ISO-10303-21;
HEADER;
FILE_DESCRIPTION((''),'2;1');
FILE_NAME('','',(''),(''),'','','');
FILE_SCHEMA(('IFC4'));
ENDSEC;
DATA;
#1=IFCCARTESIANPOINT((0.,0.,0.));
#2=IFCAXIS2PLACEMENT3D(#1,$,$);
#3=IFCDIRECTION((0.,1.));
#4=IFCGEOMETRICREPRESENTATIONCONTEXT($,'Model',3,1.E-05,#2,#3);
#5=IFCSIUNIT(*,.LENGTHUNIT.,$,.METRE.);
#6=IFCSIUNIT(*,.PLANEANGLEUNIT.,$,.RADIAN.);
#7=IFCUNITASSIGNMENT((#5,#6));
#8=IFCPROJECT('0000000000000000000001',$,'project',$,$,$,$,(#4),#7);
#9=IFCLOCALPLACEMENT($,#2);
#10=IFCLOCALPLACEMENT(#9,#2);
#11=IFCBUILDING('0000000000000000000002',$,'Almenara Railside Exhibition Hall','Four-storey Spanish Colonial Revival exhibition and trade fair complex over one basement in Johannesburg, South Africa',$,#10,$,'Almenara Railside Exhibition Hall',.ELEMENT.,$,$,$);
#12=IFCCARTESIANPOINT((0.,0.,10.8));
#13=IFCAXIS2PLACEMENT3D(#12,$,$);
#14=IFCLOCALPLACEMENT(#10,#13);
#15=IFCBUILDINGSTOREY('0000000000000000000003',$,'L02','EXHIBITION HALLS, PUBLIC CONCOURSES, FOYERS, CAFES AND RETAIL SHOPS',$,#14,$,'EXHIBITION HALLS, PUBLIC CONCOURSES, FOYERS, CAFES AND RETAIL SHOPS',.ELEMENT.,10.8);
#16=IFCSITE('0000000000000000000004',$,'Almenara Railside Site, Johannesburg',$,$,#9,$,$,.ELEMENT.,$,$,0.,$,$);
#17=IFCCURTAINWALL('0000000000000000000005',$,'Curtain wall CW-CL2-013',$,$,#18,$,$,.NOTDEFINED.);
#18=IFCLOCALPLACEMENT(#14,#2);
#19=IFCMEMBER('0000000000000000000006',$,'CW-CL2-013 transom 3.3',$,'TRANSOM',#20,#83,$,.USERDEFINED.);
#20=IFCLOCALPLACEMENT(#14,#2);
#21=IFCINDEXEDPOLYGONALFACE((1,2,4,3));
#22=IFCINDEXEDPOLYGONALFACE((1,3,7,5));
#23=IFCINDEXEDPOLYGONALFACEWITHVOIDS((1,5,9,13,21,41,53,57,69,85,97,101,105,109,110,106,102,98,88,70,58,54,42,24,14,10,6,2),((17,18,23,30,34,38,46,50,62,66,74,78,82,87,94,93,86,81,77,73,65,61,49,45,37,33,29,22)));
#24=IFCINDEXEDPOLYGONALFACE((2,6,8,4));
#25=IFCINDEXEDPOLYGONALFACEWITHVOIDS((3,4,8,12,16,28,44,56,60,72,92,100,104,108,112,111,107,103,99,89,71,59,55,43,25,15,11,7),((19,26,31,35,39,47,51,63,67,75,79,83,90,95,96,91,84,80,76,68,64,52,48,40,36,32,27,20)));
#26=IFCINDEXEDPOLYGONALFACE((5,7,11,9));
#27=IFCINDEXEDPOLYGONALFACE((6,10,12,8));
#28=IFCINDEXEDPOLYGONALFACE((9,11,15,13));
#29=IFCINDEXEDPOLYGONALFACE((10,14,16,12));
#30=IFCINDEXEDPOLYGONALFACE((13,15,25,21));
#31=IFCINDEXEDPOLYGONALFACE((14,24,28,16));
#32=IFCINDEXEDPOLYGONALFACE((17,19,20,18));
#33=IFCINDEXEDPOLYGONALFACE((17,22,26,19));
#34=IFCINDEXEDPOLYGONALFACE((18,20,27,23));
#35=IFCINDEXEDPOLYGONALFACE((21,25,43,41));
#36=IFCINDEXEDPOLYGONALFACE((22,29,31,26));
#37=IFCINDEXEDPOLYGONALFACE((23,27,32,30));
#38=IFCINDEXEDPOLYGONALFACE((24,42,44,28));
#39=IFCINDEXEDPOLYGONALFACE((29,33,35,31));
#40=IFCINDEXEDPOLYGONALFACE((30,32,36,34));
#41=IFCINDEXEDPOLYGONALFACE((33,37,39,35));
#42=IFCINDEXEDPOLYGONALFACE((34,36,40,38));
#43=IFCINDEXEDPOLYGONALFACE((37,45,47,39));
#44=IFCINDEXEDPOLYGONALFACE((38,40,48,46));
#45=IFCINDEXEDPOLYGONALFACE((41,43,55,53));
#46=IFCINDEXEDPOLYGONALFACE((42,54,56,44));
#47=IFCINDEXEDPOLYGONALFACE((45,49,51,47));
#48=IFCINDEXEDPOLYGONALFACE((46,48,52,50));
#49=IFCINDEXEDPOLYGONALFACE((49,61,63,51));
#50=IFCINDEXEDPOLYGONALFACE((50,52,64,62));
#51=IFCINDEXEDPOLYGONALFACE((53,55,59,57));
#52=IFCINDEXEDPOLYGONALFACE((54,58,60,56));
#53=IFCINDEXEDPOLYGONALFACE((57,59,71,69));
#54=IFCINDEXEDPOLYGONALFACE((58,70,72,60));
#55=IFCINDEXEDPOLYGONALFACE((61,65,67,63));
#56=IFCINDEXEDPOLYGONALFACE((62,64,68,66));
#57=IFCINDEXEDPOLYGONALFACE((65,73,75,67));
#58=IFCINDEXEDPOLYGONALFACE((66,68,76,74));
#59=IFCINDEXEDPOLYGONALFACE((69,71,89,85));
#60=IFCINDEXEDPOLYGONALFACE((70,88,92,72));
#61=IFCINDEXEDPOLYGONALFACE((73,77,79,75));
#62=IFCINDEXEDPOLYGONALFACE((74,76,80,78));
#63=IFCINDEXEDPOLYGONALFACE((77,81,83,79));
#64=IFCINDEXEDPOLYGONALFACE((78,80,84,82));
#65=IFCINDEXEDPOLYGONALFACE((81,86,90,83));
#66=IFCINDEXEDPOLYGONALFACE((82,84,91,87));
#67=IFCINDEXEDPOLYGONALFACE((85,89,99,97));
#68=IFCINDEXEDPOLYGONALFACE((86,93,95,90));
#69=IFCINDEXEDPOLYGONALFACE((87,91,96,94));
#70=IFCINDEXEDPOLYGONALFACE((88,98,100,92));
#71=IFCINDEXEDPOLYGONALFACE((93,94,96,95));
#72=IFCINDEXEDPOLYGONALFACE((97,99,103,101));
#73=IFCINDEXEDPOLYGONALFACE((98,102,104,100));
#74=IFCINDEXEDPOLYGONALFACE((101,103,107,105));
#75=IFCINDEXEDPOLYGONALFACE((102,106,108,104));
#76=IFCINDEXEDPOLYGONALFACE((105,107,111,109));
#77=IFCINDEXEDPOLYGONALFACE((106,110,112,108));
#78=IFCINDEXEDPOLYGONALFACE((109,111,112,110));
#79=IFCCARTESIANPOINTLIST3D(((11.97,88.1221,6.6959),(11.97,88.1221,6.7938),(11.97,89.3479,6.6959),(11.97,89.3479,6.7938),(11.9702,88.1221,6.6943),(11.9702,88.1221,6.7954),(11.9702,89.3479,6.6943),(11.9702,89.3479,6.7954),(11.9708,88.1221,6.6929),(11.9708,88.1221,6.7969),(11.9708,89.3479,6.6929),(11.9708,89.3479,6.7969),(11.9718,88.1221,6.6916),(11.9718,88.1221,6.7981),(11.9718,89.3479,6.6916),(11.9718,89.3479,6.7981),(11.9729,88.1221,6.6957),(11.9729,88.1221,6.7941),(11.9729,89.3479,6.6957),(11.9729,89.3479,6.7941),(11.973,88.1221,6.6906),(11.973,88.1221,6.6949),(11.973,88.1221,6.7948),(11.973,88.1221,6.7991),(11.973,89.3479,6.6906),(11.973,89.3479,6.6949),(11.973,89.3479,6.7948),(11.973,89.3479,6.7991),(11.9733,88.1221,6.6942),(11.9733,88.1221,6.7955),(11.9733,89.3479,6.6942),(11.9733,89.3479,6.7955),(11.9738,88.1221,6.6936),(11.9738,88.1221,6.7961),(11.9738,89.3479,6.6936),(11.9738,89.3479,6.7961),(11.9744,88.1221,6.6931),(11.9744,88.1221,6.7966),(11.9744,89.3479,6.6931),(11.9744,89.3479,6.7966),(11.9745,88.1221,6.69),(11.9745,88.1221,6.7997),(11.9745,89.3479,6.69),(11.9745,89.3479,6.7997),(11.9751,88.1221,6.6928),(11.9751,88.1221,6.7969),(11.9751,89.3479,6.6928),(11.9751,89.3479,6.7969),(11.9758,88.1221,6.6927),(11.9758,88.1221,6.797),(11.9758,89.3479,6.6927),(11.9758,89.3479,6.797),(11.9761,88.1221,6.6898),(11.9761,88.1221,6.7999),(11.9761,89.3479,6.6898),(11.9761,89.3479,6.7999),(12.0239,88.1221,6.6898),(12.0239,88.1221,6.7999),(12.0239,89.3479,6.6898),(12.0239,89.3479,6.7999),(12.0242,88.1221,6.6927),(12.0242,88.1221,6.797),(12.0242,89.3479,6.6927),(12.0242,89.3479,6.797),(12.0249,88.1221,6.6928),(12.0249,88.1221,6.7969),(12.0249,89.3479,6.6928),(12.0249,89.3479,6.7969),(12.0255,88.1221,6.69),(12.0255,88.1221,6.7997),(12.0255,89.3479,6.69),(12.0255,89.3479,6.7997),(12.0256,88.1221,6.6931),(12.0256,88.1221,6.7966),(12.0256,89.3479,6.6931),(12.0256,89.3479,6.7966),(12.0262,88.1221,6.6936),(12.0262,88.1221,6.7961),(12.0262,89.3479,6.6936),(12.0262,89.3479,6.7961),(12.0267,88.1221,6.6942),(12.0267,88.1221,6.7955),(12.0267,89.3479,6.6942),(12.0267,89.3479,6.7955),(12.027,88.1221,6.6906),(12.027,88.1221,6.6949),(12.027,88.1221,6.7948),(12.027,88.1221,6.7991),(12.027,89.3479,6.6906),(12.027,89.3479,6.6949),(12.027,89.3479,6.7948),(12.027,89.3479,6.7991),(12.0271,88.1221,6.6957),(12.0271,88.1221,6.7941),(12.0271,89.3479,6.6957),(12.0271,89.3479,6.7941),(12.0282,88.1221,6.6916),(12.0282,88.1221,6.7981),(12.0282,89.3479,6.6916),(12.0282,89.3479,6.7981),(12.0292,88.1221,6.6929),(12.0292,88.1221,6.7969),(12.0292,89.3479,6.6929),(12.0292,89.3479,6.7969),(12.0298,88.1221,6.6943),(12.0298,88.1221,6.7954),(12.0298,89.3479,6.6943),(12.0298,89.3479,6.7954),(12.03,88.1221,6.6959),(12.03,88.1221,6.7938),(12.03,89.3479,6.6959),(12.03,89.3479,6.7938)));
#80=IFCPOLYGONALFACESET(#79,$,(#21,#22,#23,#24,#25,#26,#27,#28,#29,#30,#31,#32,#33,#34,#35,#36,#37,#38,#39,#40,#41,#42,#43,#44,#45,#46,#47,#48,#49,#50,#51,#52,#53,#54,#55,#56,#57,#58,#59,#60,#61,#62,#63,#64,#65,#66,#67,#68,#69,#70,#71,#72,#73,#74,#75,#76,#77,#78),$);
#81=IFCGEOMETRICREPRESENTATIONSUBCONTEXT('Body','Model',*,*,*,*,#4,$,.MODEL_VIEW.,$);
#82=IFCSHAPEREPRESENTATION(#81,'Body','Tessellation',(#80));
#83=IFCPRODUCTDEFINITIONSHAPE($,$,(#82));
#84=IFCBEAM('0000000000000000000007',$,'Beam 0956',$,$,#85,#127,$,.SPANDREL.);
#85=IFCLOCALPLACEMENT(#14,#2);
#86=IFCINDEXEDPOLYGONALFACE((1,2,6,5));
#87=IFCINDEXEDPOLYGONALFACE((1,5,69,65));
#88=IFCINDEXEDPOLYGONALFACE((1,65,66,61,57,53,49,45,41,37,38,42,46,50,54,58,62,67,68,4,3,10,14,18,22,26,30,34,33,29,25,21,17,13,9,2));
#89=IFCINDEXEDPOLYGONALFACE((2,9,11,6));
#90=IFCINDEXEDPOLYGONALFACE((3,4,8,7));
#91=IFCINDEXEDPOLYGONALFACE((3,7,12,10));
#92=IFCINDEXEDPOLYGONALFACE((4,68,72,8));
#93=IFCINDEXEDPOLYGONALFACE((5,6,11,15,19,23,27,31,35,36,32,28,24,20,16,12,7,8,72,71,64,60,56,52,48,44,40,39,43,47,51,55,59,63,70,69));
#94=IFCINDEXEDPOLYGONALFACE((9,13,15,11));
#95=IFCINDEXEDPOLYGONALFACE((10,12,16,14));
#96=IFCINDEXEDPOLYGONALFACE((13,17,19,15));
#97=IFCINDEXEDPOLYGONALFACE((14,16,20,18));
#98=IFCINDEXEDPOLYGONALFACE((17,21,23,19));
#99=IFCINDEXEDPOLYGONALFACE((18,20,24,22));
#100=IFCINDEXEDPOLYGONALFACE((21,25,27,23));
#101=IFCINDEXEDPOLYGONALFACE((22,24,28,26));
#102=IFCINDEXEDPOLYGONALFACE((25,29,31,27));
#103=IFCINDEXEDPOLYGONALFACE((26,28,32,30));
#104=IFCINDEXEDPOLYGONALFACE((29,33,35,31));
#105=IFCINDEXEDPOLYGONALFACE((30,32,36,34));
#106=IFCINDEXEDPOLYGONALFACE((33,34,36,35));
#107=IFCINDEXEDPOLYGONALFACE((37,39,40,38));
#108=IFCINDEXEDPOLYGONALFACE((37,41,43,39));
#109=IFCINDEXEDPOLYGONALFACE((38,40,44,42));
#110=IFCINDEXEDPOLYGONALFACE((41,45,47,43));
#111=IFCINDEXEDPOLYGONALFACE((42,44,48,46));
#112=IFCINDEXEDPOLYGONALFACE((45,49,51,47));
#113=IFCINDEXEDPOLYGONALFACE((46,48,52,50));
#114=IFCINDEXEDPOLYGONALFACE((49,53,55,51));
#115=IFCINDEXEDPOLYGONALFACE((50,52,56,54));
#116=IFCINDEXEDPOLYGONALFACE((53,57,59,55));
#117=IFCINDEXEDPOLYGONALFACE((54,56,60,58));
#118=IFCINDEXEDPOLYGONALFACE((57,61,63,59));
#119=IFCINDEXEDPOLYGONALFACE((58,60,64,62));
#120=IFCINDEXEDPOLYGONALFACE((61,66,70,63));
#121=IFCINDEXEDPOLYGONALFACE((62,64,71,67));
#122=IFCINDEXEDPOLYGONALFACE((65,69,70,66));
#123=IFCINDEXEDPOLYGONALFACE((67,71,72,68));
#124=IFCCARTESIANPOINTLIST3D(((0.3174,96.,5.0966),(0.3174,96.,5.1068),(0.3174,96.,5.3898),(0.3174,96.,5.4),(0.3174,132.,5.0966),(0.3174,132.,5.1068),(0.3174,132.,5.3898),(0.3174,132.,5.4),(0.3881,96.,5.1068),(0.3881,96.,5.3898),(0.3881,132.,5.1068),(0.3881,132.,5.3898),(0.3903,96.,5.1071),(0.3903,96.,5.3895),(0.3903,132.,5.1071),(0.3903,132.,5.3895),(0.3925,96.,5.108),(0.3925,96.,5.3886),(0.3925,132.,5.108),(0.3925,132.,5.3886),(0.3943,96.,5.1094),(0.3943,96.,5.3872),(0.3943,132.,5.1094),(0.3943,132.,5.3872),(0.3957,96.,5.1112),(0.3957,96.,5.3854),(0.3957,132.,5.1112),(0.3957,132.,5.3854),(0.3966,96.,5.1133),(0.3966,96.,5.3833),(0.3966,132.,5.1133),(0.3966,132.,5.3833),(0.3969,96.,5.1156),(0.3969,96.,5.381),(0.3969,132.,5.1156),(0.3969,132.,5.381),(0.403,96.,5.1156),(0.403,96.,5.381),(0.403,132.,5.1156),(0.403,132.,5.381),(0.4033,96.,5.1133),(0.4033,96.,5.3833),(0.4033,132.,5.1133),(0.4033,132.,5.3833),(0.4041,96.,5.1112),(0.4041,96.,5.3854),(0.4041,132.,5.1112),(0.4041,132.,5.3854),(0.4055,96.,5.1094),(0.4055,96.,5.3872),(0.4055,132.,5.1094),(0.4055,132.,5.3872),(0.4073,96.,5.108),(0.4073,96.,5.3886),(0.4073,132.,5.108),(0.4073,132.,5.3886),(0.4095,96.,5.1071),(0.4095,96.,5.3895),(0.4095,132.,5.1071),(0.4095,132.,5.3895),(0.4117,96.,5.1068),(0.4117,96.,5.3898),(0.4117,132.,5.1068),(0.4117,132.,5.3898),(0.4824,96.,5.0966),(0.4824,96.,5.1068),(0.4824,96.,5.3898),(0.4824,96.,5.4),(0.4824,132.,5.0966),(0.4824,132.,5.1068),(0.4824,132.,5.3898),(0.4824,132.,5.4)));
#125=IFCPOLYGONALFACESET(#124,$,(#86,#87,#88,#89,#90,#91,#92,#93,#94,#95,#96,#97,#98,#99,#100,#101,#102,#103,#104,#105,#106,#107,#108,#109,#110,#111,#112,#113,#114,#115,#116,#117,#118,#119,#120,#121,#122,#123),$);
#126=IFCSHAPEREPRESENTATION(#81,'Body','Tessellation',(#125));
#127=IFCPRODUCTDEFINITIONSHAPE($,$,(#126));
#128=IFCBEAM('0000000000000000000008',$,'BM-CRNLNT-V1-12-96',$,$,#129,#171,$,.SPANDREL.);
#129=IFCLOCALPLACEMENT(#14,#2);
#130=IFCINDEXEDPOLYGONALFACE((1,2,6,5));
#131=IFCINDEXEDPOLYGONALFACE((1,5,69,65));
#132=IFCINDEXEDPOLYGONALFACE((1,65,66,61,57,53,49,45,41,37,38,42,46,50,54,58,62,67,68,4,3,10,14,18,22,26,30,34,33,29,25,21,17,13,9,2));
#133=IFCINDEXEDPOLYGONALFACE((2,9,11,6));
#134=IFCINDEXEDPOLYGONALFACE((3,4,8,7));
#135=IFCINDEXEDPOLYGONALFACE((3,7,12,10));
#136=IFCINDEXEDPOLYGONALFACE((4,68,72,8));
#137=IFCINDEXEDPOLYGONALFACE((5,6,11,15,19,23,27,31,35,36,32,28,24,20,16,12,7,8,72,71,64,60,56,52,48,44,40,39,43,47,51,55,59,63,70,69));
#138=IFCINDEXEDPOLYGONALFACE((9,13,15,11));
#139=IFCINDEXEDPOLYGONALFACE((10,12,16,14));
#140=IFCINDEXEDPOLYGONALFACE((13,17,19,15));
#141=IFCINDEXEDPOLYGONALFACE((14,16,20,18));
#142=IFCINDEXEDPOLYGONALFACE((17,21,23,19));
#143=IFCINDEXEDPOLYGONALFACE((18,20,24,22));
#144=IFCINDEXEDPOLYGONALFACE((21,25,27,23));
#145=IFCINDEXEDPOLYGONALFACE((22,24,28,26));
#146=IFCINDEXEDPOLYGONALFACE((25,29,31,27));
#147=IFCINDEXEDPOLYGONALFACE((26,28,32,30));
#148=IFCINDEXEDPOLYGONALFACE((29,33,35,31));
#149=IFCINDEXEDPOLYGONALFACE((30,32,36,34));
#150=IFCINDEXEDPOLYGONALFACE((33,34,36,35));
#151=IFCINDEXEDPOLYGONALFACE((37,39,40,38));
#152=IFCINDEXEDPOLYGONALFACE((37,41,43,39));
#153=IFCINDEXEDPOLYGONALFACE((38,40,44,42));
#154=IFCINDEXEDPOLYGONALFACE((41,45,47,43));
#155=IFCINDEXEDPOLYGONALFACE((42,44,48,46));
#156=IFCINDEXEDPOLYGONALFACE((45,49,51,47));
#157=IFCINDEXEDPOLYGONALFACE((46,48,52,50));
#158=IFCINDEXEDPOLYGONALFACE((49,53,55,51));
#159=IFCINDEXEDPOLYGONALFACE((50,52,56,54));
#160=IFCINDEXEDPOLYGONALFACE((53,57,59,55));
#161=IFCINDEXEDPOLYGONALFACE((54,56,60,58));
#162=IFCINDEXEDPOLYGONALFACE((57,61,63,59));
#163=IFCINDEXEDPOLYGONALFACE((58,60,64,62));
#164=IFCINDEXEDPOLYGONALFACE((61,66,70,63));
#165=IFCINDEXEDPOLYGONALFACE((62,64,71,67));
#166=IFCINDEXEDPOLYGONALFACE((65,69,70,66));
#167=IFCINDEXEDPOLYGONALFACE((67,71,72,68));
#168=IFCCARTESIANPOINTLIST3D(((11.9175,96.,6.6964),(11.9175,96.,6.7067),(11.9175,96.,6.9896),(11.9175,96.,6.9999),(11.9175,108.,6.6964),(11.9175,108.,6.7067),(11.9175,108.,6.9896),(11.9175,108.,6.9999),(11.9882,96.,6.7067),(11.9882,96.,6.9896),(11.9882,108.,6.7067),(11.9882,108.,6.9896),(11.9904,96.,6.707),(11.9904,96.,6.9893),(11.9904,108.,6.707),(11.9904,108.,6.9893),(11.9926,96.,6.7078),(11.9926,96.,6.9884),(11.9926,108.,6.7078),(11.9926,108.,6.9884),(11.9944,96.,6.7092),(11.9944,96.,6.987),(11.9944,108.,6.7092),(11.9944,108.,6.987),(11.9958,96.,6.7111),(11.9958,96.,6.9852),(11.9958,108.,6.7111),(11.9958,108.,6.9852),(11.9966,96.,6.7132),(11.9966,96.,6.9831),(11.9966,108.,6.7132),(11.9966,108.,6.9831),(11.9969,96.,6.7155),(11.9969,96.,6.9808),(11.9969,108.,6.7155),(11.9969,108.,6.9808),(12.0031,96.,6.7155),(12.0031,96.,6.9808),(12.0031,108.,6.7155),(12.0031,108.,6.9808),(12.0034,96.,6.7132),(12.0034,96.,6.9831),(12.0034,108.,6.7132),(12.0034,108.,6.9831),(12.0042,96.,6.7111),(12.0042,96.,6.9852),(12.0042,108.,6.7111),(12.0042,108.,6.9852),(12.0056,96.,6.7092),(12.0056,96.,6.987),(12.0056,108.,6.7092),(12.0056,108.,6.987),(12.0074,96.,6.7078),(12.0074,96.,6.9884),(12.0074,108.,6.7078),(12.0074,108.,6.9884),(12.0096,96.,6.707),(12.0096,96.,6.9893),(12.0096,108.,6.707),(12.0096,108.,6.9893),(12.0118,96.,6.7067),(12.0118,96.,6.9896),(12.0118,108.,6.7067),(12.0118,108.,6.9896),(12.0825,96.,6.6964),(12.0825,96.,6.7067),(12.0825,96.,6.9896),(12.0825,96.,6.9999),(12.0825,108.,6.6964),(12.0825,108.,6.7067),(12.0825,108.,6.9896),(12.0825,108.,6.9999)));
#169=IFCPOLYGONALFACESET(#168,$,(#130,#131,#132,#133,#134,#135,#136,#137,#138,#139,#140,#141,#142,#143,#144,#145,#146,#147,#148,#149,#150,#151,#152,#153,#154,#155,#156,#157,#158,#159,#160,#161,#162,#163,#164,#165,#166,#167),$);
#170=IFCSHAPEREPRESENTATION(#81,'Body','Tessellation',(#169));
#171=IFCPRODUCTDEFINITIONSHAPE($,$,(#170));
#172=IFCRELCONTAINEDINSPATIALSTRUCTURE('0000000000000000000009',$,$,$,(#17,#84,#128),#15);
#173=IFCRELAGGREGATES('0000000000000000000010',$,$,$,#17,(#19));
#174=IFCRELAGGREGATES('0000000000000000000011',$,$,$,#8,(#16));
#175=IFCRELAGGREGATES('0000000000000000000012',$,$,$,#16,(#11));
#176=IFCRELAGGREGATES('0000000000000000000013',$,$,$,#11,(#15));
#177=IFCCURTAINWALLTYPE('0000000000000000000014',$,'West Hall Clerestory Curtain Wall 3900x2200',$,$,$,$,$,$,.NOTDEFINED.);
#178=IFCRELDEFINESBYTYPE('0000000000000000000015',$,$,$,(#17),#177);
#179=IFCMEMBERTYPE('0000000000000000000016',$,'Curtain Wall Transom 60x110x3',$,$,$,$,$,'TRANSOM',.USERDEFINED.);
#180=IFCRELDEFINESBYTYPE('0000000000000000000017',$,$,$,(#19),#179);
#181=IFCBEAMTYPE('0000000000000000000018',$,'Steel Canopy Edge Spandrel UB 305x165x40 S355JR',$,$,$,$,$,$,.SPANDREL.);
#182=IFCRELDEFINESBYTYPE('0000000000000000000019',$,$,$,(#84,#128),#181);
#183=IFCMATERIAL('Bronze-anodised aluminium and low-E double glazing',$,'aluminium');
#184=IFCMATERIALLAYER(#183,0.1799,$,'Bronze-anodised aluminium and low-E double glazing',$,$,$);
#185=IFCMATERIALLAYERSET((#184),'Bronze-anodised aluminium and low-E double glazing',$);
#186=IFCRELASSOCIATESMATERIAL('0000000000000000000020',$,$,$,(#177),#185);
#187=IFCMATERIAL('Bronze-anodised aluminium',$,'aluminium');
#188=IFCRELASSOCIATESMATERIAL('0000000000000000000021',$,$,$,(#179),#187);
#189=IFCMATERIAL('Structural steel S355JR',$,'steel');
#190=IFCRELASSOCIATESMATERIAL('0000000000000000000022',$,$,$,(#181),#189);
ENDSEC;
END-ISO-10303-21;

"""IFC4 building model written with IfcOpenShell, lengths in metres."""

from ifc_helpers import new_model, si_unit, direction, frame, origin, origin_2d, place, context, subcontext, project, spatial, hollow_rectangle, i_section, extrude, material, layer, layer_set, material_profile, profile_set, type_object, element, aggregate, save


model = new_model("IFC4")

# Units and contexts
model_context = context("Model", 3, precision=1e-05, world=origin(), true_north=direction((0.0, 1.0)))
body_context = subcontext(model_context, "Body", "Model", "MODEL_VIEW")
ifc_project = project(units=[si_unit("LENGTHUNIT", "METRE"), si_unit("PLANEANGLEUNIT", "RADIAN")], contexts=[model_context])

# Site, building, storey
site_placement = place(None, origin())
site = spatial("IfcSite", under=ifc_project, at=site_placement, Name="Almenara Railside Site, Johannesburg", CompositionType="ELEMENT", RefElevation=0.0)
building_placement = place(site_placement, origin())
building = spatial("IfcBuilding", under=site, at=building_placement, Name="Almenara Railside Exhibition Hall", Description="Four-storey Spanish Colonial Revival exhibition and trade fair complex over one basement in Johannesburg, South Africa", LongName="Almenara Railside Exhibition Hall", CompositionType="ELEMENT")
storey_placement = place(building_placement, frame((0.0, 0.0, 10.8)))
storey = spatial("IfcBuildingStorey", under=building, at=storey_placement, Name="L02", Description="EXHIBITION HALLS, PUBLIC CONCOURSES, FOYERS, CAFES AND RETAIL SHOPS", LongName="EXHIBITION HALLS, PUBLIC CONCOURSES, FOYERS, CAFES AND RETAIL SHOPS", CompositionType="ELEMENT", Elevation=10.8)

# Shared definitions
ifc_material_1 = material(Name="Structural steel S355JR", Category="steel")

# Curtain wall
ifc_material_2 = material(Name="Bronze-anodised aluminium and low-E double glazing", Category="aluminium")
ifc_layer_1 = layer(ifc_material_2, 0.1799, Name="Bronze-anodised aluminium and low-E double glazing")
ifc_layer_set_1 = layer_set([ifc_layer_1], Name="Bronze-anodised aluminium and low-E double glazing")
curtain_wall_type_1 = type_object("IfcCurtainWallType", Name="West Hall Clerestory Curtain Wall 3900x2200", PredefinedType="NOTDEFINED", material=ifc_layer_set_1)
ifc_material_3 = material(Name="Bronze-anodised aluminium", Category="aluminium")
curtain_wall_1_placement = place(storey_placement, origin())
curtain_wall_1 = element("IfcCurtainWall", 1, at=curtain_wall_1_placement, inside=storey, type_object=curtain_wall_type_1, Name="Curtain wall CW-CL2-013", PredefinedType="NOTDEFINED")

# Member
ifc_material_profile_1 = material_profile(ifc_material_3, hollow_rectangle(XDim=0.0601, YDim=0.1101, WallThickness=0.0029, InnerFilletRadius=0.0029, OuterFilletRadius=0.0061, at=origin_2d()), Name="ALU-TRN 60x110x3")
ifc_profile_set_1 = profile_set([ifc_material_profile_1], Name="Bronze-anodised aluminium")
member_type_1 = type_object("IfcMemberType", Name="Curtain Wall Transom 60x110x3", ElementType="TRANSOM", PredefinedType="USERDEFINED", material=ifc_profile_set_1)
member_1_placement = place(storey_placement, frame((12.0, 88.1221, 6.7449), z_axis=(0.0, 1.0, 0.0), x_axis=(-1.0, 0.0, 0.0)))
member_1 = element("IfcMember", 2, at=member_1_placement, type_object=member_type_1, Name="CW-CL2-013 transom 3.3", ObjectType="TRANSOM", PredefinedType="USERDEFINED", context=body_context, shape_type="SweptSolid", body=[
    extrude(hollow_rectangle(XDim=0.0601, YDim=0.1101, WallThickness=0.0029, InnerFilletRadius=0.0029, OuterFilletRadius=0.0061, at=origin_2d()), origin(), (0.0, 0.0, 1.0), 1.2258),
])

# Beams
ifc_material_profile_2 = material_profile(ifc_material_1, i_section(OverallWidth=0.165, OverallDepth=0.3035, WebThickness=0.0061, FlangeThickness=0.0103, FilletRadius=0.0088, at=origin_2d()), Name="UB 305x165x40")
ifc_profile_set_2 = profile_set([ifc_material_profile_2], Name="Structural steel S355JR")
beam_type_1 = type_object("IfcBeamType", Name="Steel Canopy Edge Spandrel UB 305x165x40 S355JR", PredefinedType="SPANDREL", material=ifc_profile_set_2)
beam_1_placement = place(storey_placement, frame((0.3999, 96.0, 5.2483), z_axis=(0.0, 1.0, 0.0), x_axis=(-1.0, 0.0, 0.0)))
element("IfcBeam", 3, at=beam_1_placement, inside=storey, type_object=beam_type_1, Name="Beam 0956", PredefinedType="SPANDREL", context=body_context, shape_type="SweptSolid", body=[
    extrude(i_section(OverallWidth=0.165, OverallDepth=0.3035, WebThickness=0.0061, FlangeThickness=0.0103, FilletRadius=0.0088, at=origin_2d()), origin(), (0.0, 0.0, 1.0), 36.0),
])
beam_2_placement = place(storey_placement, frame((12.0, 96.0, 6.8481), z_axis=(0.0, 1.0, 0.0), x_axis=(-1.0, 0.0, 0.0)))
element("IfcBeam", 4, at=beam_2_placement, inside=storey, type_object=beam_type_1, Name="BM-CRNLNT-V1-12-96", PredefinedType="SPANDREL", context=body_context, shape_type="SweptSolid", body=[
    extrude(i_section(OverallWidth=0.165, OverallDepth=0.3035, WebThickness=0.0061, FlangeThickness=0.0103, FilletRadius=0.0088, at=origin_2d()), origin(), (0.0, 0.0, 1.0), 12.0),
])

aggregate(curtain_wall_1, [member_1])

save(model, "model.ifc")
